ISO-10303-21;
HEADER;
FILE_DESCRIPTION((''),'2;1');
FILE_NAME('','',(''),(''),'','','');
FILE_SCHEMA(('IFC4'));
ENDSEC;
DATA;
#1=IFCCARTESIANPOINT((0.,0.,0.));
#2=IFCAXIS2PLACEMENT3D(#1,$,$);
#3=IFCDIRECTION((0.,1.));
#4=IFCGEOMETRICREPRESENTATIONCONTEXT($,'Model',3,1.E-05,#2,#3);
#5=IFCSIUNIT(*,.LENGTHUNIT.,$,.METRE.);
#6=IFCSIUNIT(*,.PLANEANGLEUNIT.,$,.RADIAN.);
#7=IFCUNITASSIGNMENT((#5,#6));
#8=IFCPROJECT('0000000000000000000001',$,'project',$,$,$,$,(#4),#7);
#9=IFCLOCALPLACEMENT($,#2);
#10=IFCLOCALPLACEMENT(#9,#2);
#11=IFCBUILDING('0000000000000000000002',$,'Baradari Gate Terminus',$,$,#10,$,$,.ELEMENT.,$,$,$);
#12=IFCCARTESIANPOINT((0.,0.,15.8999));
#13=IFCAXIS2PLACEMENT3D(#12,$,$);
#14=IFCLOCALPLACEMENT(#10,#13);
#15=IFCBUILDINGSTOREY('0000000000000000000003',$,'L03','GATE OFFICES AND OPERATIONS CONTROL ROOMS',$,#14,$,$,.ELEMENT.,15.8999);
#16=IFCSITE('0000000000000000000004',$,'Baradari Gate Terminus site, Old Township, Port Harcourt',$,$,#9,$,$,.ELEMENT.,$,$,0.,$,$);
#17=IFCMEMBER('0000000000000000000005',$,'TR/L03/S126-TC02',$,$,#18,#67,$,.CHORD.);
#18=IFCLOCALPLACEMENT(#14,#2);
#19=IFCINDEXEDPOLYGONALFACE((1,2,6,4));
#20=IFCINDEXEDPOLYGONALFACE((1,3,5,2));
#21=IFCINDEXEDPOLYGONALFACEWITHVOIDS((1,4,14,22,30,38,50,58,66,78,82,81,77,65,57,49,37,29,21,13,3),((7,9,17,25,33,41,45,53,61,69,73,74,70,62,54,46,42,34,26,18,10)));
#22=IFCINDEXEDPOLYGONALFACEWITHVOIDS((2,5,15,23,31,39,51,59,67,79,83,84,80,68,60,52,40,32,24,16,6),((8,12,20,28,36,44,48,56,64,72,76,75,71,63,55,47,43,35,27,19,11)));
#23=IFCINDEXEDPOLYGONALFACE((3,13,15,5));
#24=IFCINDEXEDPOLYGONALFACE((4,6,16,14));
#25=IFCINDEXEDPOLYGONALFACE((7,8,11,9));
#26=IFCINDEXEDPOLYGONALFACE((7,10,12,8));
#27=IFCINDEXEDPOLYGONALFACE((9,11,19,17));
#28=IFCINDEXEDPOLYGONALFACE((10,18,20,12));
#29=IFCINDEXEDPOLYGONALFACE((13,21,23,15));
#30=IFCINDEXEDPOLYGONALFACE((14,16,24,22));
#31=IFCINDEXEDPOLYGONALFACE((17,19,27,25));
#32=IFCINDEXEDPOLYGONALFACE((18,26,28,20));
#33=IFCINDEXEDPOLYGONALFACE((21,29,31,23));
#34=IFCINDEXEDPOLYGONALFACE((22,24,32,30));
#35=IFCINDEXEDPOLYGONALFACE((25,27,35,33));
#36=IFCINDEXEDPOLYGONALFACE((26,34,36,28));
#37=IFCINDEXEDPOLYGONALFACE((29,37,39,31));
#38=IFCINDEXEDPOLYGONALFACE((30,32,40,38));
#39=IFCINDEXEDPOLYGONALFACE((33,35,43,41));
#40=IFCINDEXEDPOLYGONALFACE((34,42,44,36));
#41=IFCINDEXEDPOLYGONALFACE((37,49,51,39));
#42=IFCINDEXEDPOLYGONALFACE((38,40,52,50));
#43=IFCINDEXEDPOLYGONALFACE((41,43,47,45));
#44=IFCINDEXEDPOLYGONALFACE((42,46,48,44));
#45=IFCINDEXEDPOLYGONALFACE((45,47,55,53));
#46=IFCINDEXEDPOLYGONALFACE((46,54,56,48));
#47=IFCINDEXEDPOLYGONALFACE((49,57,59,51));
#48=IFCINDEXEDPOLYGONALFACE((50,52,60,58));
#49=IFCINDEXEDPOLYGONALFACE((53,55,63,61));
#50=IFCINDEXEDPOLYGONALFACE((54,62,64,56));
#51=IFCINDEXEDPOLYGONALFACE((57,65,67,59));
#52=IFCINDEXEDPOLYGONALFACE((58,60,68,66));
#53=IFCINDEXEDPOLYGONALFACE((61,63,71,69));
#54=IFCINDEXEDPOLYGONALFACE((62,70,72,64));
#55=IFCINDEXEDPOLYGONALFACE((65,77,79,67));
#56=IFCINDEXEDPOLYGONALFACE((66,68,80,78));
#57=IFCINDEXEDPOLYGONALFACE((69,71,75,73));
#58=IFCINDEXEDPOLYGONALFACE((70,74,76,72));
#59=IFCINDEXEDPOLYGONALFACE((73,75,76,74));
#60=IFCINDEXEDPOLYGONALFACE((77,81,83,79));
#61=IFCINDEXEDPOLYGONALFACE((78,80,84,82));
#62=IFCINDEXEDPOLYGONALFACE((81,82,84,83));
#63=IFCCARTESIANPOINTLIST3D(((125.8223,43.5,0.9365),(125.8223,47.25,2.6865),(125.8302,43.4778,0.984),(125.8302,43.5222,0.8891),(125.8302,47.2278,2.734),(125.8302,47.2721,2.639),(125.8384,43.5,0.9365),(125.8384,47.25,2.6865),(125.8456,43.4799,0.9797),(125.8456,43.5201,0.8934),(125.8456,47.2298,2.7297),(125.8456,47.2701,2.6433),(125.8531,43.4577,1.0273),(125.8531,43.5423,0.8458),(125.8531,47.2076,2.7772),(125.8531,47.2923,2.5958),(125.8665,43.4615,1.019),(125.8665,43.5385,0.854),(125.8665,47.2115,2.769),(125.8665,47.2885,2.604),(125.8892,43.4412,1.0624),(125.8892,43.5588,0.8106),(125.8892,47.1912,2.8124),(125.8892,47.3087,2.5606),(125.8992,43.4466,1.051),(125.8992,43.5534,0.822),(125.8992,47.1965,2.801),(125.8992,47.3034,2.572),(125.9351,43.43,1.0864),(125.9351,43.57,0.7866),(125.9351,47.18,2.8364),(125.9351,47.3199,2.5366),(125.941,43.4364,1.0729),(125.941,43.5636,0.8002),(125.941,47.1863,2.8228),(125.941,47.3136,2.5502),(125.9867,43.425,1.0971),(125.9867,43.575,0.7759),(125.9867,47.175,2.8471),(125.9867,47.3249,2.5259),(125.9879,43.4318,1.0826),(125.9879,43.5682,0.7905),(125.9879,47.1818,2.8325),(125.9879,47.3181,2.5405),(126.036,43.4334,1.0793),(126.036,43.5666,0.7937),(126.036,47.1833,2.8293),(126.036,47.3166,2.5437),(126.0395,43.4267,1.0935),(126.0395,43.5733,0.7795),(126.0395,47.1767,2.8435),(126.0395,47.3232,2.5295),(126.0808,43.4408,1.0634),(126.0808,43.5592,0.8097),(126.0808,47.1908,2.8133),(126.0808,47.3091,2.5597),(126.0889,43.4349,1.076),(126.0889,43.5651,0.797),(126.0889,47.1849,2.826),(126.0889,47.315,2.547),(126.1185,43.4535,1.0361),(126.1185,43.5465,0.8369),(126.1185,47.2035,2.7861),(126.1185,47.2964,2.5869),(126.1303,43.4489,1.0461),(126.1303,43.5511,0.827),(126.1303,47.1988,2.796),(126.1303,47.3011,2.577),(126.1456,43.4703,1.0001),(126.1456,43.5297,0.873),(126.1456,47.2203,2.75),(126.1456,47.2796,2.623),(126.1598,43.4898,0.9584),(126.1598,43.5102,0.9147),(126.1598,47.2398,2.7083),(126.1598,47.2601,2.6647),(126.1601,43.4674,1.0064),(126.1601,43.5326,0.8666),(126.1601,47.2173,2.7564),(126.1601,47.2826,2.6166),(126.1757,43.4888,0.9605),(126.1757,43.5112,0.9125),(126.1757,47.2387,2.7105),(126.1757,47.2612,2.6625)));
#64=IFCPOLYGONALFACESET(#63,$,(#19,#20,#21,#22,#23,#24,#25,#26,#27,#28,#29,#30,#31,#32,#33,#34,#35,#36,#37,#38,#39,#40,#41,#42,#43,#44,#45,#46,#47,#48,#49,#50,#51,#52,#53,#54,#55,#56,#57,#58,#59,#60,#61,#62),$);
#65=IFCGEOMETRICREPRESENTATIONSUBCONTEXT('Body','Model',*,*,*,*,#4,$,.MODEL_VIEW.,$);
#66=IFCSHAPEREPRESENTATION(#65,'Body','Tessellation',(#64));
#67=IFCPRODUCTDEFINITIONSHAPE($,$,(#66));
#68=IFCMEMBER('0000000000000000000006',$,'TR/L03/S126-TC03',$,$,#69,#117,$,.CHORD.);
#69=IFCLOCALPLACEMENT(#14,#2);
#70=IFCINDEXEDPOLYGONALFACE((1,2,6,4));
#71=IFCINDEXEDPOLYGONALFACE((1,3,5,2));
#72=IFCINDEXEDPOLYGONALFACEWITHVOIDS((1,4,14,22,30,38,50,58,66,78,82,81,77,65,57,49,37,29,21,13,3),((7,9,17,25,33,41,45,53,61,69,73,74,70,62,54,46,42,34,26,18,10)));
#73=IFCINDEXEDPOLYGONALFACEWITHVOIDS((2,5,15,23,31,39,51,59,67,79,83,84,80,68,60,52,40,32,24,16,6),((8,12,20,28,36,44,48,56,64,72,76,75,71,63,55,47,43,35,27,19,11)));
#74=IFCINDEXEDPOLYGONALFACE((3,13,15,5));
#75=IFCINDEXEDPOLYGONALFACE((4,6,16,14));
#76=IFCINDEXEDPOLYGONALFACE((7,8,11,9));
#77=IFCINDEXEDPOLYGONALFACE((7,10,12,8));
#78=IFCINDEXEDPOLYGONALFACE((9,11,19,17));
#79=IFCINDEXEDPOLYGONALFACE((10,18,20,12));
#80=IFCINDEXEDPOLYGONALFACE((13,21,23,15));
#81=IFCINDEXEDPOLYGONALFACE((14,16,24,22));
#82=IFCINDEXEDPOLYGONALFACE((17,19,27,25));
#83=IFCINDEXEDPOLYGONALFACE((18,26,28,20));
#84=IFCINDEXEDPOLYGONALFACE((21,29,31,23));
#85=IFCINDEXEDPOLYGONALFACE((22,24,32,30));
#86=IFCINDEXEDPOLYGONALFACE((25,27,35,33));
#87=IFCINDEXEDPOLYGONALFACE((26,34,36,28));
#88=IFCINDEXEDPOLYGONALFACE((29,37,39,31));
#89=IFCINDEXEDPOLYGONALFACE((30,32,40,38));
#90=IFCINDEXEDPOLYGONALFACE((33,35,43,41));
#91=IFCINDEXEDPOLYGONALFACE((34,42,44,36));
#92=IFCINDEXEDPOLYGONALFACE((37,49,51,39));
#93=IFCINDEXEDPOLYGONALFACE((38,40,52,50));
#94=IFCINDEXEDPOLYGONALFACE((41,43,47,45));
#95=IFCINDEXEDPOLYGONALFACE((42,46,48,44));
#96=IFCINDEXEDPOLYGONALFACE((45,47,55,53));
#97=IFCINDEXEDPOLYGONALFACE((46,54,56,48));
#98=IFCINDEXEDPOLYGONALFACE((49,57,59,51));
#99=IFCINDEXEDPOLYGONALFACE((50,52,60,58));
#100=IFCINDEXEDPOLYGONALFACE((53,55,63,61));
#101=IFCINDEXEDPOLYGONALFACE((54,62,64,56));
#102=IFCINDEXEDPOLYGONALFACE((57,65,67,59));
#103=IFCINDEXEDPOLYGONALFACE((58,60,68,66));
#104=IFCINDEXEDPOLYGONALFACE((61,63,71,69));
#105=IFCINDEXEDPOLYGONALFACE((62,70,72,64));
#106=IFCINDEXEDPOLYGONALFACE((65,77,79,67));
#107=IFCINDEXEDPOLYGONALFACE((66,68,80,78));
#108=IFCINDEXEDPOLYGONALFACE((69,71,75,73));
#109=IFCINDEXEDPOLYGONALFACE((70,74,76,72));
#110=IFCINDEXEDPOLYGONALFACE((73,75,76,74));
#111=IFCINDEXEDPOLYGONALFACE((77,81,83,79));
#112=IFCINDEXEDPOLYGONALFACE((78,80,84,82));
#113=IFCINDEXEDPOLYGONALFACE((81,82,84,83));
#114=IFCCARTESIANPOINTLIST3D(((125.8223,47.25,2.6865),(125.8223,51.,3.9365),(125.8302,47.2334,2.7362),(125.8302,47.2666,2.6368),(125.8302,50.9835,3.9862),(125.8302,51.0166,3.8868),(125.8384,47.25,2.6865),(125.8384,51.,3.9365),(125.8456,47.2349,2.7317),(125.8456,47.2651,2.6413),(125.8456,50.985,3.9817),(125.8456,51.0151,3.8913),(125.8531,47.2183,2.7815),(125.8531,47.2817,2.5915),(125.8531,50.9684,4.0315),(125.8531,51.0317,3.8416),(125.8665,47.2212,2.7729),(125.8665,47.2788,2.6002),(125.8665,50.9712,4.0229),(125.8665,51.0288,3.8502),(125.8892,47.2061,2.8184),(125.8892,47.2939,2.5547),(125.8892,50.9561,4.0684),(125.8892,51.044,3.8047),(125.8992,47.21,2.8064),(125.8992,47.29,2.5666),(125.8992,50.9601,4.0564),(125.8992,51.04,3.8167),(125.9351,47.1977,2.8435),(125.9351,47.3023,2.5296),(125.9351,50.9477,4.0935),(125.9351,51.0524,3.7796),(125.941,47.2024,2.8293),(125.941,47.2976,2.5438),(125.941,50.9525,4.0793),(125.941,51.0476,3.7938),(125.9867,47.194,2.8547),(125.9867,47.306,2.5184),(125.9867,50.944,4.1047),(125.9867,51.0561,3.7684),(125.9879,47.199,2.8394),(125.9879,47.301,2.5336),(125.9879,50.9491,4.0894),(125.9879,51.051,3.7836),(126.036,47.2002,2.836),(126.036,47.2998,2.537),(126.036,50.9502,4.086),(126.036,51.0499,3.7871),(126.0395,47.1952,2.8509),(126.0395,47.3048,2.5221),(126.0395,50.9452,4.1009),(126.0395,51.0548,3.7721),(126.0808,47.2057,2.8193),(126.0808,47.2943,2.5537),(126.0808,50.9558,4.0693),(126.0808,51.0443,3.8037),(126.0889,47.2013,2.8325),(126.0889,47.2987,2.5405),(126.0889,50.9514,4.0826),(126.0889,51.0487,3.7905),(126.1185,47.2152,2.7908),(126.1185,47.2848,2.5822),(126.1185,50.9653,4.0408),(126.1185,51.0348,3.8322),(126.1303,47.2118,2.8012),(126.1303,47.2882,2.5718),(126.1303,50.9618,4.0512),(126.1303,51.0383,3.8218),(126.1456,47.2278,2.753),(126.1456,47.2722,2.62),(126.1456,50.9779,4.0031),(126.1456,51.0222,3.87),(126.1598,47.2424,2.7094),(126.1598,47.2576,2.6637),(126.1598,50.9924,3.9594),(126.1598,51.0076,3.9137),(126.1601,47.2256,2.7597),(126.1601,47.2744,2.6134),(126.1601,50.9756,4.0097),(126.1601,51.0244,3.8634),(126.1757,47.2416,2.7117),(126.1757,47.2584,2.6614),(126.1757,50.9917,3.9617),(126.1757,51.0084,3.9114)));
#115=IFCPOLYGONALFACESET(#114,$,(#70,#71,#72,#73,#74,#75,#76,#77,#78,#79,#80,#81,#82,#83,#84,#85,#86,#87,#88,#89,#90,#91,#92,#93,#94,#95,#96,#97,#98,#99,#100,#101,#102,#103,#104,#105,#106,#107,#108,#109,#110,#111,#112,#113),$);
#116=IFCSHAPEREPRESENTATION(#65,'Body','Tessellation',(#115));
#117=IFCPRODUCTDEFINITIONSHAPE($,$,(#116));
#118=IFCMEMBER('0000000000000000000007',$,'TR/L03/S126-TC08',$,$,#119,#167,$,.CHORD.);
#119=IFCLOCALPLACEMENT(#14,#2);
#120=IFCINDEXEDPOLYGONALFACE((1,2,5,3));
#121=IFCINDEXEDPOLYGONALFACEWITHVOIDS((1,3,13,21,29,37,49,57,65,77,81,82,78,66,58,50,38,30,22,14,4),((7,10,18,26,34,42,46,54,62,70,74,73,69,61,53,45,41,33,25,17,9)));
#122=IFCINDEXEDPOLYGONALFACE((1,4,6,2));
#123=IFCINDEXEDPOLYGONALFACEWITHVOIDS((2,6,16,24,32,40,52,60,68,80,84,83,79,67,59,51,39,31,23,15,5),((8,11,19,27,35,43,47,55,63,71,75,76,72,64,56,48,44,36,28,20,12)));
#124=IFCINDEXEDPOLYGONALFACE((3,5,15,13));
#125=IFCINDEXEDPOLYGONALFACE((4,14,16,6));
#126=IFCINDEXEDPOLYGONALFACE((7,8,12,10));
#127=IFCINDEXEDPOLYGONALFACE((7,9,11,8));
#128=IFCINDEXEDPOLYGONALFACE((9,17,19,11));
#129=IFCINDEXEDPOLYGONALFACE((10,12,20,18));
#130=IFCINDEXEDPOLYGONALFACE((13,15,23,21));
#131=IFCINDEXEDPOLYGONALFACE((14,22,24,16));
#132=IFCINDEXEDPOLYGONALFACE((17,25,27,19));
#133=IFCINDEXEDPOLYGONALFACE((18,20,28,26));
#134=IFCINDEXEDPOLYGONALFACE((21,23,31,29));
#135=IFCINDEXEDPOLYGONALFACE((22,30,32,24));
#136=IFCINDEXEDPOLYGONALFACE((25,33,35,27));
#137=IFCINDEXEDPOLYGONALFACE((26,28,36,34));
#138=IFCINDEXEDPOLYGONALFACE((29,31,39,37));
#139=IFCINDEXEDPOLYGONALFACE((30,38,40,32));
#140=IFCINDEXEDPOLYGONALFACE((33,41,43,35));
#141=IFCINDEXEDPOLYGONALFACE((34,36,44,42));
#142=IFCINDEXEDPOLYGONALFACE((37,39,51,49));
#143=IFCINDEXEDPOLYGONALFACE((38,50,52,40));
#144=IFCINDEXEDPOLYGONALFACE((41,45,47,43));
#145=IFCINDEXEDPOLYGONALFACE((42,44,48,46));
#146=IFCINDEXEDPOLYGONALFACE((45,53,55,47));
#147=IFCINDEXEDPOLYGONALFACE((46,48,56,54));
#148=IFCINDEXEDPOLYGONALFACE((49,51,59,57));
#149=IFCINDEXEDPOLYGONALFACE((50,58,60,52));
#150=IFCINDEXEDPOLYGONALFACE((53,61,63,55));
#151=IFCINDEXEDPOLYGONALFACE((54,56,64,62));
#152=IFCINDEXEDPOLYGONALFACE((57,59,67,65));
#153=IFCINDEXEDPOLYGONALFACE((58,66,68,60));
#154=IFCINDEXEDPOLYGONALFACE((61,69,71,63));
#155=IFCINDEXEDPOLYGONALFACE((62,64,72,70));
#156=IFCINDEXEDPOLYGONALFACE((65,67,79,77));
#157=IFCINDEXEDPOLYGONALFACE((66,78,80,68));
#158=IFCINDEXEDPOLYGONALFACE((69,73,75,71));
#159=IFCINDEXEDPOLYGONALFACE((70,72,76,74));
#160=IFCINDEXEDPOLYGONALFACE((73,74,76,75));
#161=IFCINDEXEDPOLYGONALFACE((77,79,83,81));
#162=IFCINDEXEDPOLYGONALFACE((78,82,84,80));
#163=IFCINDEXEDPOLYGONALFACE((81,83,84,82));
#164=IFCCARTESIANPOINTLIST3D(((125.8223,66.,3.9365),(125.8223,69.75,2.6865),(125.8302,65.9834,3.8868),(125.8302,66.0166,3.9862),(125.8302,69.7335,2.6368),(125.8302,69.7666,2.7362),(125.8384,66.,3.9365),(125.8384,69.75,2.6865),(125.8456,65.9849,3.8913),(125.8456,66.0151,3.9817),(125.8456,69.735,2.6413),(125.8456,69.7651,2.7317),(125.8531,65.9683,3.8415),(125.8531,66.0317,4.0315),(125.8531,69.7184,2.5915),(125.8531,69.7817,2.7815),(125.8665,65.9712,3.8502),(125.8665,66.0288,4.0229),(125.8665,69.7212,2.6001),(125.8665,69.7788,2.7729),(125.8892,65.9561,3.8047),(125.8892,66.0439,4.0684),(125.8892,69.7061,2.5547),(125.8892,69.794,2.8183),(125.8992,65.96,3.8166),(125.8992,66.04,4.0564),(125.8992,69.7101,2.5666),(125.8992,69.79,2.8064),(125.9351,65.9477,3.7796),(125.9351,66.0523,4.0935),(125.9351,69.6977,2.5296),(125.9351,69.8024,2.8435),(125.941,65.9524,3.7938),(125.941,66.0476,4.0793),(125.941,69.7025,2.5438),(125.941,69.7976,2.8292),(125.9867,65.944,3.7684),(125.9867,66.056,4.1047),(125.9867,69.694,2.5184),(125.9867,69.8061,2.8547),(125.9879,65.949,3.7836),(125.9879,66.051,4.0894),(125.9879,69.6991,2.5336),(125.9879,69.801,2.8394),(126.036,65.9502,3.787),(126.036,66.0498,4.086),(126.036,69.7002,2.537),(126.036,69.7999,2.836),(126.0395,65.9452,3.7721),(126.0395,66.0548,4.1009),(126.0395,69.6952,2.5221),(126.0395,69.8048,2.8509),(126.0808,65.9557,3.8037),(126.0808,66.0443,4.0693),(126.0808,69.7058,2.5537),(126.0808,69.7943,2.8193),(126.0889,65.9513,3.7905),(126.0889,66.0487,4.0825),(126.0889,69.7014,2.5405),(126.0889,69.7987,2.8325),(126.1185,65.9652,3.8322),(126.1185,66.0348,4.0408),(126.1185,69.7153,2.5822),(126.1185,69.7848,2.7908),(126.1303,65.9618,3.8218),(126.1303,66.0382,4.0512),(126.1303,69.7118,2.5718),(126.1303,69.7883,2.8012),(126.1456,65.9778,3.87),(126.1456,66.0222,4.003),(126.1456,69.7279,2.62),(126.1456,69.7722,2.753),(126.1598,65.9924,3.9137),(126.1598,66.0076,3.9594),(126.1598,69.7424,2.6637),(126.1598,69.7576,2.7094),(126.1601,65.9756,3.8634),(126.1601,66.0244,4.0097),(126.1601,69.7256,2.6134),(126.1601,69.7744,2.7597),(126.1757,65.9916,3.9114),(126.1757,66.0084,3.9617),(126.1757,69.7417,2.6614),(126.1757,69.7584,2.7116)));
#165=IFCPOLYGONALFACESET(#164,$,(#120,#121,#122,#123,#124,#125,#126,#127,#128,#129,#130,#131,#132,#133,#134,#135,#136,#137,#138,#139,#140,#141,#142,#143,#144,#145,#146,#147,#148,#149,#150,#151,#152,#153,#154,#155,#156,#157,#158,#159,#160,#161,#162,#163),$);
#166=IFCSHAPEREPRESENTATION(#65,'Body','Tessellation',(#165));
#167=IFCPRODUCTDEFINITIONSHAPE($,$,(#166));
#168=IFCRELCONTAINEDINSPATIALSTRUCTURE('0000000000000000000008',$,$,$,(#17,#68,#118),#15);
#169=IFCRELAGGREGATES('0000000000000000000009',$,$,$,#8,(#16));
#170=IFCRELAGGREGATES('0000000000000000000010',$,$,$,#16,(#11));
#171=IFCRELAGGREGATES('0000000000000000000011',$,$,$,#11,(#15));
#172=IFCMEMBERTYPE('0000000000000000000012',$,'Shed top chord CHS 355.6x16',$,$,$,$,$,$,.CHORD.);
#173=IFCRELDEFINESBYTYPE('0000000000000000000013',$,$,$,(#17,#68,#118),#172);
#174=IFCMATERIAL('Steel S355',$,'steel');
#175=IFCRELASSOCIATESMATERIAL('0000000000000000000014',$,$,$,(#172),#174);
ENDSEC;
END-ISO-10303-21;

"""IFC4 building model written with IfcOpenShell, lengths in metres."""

from ifc_helpers import new_model, si_unit, direction, frame, origin, origin_2d, place, context, subcontext, project, spatial, hollow_circle, extrude, material, material_profile, profile_set, type_object, element, save


model = new_model("IFC4")

# Units and contexts
model_context = context("Model", 3, precision=1e-05, world=origin(), true_north=direction((0.0, 1.0)))
body_context = subcontext(model_context, "Body", "Model", "MODEL_VIEW")
ifc_project = project(units=[si_unit("LENGTHUNIT", "METRE"), si_unit("PLANEANGLEUNIT", "RADIAN")], contexts=[model_context])

# Site, building, storey
site_placement = place(None, origin())
site = spatial("IfcSite", under=ifc_project, at=site_placement, Name="Baradari Gate Terminus site, Old Township, Port Harcourt", CompositionType="ELEMENT", RefElevation=0.0)
building_placement = place(site_placement, origin())
building = spatial("IfcBuilding", under=site, at=building_placement, Name="Baradari Gate Terminus", CompositionType="ELEMENT")
storey_placement = place(building_placement, frame((0.0, 0.0, 15.8999)))
storey = spatial("IfcBuildingStorey", under=building, at=storey_placement, Name="L03", Description="GATE OFFICES AND OPERATIONS CONTROL ROOMS", CompositionType="ELEMENT", Elevation=15.8999)

# Members
ifc_material_1 = material(Name="Steel S355", Category="steel")
ifc_material_profile_1 = material_profile(ifc_material_1, hollow_circle(Radius=0.1777, WallThickness=0.0161, at=origin_2d()), Name="CHS 355.6x16")
ifc_profile_set_1 = profile_set([ifc_material_profile_1], Name="Steel S355")
member_type_1 = type_object("IfcMemberType", Name="Shed top chord CHS 355.6x16", PredefinedType="CHORD", material=ifc_profile_set_1)
for number, where, z_axis, x_axis, name in (
    (1, (126.0, 43.5, 0.9365), (0.0, 0.906183, 0.422885), (-1.0, 0.0, 0.0), "TR/L03/S126-TC02"),
):
    element("IfcMember", number, at=place(storey_placement, frame(where, z_axis=z_axis, x_axis=x_axis)), inside=storey, type_object=member_type_1, Name=name, PredefinedType="CHORD", context=body_context, shape_type="SweptSolid", body=[
        extrude(hollow_circle(Radius=0.1777, WallThickness=0.0161, at=origin_2d()), origin(), (0.0, 0.0, 1.0), 4.1382),
    ])
for number, where, z_axis, x_axis, name in (
    (2, (126.0, 47.25, 2.6865), (0.0, 0.948683, 0.316228), (-1.0, 0.0, 0.0), "TR/L03/S126-TC03"),
    (3, (126.0, 66.0, 3.9365), (0.0, 0.948683, -0.316228), (-1.0, 0.0, 0.0), "TR/L03/S126-TC08"),
):
    element("IfcMember", number, at=place(storey_placement, frame(where, z_axis=z_axis, x_axis=x_axis)), inside=storey, type_object=member_type_1, Name=name, PredefinedType="CHORD", context=body_context, shape_type="SweptSolid", body=[
        extrude(hollow_circle(Radius=0.1777, WallThickness=0.0161, at=origin_2d()), origin(), (0.0, 0.0, 1.0), 3.9529),
    ])

save(model, "model.ifc")
